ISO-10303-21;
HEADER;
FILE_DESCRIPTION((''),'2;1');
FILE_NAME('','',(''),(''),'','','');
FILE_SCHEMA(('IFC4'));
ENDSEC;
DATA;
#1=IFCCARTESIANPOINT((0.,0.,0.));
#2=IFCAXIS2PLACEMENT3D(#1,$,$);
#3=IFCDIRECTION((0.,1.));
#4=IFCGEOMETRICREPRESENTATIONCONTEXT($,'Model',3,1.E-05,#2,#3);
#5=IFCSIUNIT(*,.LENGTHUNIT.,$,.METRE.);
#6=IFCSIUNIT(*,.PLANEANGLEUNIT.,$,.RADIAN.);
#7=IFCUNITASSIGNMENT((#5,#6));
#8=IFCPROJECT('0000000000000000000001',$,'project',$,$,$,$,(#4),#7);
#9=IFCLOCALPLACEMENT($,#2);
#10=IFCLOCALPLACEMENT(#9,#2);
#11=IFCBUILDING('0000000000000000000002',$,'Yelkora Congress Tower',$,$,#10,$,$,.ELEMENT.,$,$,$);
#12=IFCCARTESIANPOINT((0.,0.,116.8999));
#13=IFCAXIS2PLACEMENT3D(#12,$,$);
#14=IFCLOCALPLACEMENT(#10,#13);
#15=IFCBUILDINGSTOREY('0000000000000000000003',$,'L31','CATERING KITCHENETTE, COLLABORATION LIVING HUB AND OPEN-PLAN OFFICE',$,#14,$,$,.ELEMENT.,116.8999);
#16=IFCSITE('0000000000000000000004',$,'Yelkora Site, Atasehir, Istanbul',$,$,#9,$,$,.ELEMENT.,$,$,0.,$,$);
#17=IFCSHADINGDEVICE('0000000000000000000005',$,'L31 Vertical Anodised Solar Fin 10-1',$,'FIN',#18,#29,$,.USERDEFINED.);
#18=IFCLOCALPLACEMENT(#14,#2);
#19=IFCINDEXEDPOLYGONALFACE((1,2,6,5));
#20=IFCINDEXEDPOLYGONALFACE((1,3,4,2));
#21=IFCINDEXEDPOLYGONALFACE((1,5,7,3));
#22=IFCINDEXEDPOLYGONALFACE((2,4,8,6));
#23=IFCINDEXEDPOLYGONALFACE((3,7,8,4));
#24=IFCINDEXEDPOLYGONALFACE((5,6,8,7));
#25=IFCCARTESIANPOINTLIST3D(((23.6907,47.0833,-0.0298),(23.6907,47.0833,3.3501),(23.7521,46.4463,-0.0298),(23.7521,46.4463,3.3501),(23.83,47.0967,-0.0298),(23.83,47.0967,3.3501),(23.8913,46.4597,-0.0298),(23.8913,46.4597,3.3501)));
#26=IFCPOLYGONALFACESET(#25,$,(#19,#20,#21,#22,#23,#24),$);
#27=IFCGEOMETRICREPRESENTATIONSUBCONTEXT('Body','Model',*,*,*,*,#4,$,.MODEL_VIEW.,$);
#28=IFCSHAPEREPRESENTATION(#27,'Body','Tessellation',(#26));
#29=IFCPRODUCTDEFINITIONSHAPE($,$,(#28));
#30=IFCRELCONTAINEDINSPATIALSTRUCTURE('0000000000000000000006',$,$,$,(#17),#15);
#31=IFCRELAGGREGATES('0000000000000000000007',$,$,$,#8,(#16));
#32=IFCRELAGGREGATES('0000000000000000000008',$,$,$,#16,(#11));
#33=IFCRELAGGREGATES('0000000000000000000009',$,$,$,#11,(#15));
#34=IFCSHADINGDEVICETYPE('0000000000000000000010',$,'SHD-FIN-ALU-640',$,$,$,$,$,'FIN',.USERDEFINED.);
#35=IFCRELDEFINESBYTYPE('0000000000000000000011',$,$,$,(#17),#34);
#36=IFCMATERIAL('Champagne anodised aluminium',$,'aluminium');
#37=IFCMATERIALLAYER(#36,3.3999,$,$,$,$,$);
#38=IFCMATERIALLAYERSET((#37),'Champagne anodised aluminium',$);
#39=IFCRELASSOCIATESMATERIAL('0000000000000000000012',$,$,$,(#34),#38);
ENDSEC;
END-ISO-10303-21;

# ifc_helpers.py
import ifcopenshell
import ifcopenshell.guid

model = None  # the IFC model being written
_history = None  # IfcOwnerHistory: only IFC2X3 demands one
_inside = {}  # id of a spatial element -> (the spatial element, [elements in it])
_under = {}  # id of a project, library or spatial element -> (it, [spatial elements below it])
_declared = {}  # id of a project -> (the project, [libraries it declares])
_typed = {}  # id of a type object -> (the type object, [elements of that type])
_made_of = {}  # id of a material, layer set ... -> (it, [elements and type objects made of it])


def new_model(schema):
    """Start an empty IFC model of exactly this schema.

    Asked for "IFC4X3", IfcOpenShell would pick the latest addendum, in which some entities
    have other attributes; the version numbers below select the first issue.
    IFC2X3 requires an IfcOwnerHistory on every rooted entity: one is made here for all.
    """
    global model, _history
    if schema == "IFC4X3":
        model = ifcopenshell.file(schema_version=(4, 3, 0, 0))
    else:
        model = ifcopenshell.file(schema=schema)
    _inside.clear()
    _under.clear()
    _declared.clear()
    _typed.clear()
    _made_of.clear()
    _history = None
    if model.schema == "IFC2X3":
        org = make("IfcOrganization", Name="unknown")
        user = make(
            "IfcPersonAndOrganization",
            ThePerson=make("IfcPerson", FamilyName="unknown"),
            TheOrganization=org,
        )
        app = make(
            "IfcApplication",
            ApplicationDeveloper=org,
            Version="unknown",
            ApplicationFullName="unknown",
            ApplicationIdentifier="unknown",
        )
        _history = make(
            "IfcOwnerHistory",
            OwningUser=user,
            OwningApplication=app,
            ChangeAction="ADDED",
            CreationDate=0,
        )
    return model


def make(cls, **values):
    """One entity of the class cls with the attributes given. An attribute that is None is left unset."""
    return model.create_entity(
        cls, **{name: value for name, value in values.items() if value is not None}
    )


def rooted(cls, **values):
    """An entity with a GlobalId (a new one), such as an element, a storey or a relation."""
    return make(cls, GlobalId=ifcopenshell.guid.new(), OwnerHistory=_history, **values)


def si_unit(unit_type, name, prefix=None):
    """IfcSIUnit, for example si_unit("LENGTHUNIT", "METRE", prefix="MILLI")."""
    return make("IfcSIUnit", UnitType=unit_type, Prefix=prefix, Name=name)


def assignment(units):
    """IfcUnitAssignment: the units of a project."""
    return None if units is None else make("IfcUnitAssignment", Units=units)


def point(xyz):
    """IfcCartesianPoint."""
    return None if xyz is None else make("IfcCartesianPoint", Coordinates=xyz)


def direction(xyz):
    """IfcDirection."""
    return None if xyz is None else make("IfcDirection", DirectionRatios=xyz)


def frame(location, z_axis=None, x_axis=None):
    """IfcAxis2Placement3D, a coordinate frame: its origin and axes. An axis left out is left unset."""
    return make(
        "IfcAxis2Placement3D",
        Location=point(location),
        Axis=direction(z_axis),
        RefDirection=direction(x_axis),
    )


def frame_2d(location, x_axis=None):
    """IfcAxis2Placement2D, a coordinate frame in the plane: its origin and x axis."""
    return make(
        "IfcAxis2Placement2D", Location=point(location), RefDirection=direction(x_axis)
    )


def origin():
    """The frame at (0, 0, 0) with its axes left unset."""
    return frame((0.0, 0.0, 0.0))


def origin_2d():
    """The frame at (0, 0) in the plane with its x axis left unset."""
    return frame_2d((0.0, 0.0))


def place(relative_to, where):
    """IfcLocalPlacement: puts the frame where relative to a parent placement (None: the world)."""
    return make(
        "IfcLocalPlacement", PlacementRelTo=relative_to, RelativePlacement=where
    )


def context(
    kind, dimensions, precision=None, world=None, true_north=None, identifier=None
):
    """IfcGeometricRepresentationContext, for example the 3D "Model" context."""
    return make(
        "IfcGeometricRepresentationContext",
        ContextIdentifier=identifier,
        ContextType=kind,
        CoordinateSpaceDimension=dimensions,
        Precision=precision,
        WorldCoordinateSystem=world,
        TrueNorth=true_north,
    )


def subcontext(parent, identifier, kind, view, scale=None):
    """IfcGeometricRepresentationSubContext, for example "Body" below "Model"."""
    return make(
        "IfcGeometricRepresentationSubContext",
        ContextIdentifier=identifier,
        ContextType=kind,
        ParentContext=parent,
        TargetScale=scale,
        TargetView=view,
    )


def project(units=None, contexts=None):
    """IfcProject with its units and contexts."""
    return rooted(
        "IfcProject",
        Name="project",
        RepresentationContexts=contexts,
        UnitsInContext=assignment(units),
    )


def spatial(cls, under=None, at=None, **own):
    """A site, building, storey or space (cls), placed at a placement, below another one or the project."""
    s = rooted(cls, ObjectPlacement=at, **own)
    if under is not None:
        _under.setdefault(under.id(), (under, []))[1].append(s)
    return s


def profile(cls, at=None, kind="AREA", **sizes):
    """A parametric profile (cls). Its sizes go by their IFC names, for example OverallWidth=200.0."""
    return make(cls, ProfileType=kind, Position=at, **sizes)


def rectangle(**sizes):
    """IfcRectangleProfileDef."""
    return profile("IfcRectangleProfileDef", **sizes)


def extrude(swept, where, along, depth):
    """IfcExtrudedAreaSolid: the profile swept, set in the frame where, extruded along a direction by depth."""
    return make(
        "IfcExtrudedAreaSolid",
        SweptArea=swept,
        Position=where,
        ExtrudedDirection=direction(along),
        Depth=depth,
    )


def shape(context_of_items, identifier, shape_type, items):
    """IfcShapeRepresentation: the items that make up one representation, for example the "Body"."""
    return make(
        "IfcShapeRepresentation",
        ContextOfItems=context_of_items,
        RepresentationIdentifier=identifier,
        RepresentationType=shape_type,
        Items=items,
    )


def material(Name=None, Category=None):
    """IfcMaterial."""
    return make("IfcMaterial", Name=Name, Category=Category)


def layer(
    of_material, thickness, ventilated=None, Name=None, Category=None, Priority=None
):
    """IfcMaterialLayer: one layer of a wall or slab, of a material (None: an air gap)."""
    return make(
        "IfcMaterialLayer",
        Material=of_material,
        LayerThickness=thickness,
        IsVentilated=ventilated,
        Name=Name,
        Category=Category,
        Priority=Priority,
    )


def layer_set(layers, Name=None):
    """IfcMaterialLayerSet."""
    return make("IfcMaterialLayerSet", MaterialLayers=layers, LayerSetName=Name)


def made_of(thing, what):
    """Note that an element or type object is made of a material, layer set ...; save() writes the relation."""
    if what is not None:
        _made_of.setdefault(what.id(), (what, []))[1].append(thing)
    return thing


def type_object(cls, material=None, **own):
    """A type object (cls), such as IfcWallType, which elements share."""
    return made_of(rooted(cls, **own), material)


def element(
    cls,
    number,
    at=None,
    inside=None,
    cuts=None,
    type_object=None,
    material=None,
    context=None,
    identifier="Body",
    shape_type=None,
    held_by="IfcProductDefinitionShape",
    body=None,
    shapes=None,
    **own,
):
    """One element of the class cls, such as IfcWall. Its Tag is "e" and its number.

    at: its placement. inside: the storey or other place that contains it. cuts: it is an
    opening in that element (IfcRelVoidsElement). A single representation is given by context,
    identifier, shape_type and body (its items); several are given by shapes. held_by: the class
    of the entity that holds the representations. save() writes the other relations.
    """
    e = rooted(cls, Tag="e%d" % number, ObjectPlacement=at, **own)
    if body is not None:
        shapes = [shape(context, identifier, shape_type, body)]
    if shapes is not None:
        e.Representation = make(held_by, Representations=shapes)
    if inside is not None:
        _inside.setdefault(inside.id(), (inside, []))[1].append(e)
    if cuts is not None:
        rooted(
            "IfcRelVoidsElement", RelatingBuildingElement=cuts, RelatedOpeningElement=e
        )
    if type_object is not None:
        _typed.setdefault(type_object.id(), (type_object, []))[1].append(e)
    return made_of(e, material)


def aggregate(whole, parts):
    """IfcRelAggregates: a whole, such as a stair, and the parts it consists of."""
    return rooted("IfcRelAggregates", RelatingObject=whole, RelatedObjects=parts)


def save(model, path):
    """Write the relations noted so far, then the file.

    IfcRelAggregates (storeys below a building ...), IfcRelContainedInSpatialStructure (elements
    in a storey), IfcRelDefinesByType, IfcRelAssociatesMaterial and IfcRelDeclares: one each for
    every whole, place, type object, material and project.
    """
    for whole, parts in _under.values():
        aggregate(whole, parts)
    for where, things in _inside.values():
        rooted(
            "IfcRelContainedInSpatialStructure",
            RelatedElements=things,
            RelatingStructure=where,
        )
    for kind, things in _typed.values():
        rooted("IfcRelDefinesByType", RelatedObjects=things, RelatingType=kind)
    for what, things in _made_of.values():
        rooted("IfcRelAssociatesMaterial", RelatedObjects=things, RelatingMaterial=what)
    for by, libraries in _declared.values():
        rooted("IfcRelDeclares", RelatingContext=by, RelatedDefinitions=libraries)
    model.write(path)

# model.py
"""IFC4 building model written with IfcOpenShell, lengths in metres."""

from ifc_helpers import new_model, si_unit, direction, frame, origin, origin_2d, place, context, subcontext, project, spatial, rectangle, extrude, material, layer, layer_set, type_object, element, save


model = new_model("IFC4")

# Units and contexts
model_context = context("Model", 3, precision=1e-05, world=origin(), true_north=direction((0.0, 1.0)))
body_context = subcontext(model_context, "Body", "Model", "MODEL_VIEW")
ifc_project = project(units=[si_unit("LENGTHUNIT", "METRE"), si_unit("PLANEANGLEUNIT", "RADIAN")], contexts=[model_context])

# Site, building, storey
site_placement = place(None, origin())
site = spatial("IfcSite", under=ifc_project, at=site_placement, Name="Yelkora Site, Atasehir, Istanbul", CompositionType="ELEMENT", RefElevation=0.0)
building_placement = place(site_placement, origin())
building = spatial("IfcBuilding", under=site, at=building_placement, Name="Yelkora Congress Tower", CompositionType="ELEMENT")
storey_placement = place(building_placement, frame((0.0, 0.0, 116.8999)))
storey = spatial("IfcBuildingStorey", under=building, at=storey_placement, Name="L31", Description="CATERING KITCHENETTE, COLLABORATION LIVING HUB AND OPEN-PLAN OFFICE", CompositionType="ELEMENT", Elevation=116.8999)

# Shading device
ifc_material_1 = material(Name="Champagne anodised aluminium", Category="aluminium")
ifc_layer_1 = layer(ifc_material_1, 3.3999)
ifc_layer_set_1 = layer_set([ifc_layer_1], Name="Champagne anodised aluminium")
shading_device_type = type_object("IfcShadingDeviceType", Name="SHD-FIN-ALU-640", ElementType="FIN", PredefinedType="USERDEFINED", material=ifc_layer_set_1)
shading_device_placement = place(storey_placement, frame((23.791, 46.7715, -0.0298), z_axis=(0.0, 0.0, 1.0), x_axis=(0.995396, 0.095846, 0.0)))
element("IfcShadingDevice", 1, at=shading_device_placement, inside=storey, type_object=shading_device_type, Name="L31 Vertical Anodised Solar Fin 10-1", ObjectType="FIN", PredefinedType="USERDEFINED", context=body_context, shape_type="SweptSolid", body=[
    extrude(rectangle(XDim=0.1399, YDim=0.6399, at=origin_2d()), origin(), (0.0, 0.0, 1.0), 3.3799),
])

save(model, "model.ifc")
